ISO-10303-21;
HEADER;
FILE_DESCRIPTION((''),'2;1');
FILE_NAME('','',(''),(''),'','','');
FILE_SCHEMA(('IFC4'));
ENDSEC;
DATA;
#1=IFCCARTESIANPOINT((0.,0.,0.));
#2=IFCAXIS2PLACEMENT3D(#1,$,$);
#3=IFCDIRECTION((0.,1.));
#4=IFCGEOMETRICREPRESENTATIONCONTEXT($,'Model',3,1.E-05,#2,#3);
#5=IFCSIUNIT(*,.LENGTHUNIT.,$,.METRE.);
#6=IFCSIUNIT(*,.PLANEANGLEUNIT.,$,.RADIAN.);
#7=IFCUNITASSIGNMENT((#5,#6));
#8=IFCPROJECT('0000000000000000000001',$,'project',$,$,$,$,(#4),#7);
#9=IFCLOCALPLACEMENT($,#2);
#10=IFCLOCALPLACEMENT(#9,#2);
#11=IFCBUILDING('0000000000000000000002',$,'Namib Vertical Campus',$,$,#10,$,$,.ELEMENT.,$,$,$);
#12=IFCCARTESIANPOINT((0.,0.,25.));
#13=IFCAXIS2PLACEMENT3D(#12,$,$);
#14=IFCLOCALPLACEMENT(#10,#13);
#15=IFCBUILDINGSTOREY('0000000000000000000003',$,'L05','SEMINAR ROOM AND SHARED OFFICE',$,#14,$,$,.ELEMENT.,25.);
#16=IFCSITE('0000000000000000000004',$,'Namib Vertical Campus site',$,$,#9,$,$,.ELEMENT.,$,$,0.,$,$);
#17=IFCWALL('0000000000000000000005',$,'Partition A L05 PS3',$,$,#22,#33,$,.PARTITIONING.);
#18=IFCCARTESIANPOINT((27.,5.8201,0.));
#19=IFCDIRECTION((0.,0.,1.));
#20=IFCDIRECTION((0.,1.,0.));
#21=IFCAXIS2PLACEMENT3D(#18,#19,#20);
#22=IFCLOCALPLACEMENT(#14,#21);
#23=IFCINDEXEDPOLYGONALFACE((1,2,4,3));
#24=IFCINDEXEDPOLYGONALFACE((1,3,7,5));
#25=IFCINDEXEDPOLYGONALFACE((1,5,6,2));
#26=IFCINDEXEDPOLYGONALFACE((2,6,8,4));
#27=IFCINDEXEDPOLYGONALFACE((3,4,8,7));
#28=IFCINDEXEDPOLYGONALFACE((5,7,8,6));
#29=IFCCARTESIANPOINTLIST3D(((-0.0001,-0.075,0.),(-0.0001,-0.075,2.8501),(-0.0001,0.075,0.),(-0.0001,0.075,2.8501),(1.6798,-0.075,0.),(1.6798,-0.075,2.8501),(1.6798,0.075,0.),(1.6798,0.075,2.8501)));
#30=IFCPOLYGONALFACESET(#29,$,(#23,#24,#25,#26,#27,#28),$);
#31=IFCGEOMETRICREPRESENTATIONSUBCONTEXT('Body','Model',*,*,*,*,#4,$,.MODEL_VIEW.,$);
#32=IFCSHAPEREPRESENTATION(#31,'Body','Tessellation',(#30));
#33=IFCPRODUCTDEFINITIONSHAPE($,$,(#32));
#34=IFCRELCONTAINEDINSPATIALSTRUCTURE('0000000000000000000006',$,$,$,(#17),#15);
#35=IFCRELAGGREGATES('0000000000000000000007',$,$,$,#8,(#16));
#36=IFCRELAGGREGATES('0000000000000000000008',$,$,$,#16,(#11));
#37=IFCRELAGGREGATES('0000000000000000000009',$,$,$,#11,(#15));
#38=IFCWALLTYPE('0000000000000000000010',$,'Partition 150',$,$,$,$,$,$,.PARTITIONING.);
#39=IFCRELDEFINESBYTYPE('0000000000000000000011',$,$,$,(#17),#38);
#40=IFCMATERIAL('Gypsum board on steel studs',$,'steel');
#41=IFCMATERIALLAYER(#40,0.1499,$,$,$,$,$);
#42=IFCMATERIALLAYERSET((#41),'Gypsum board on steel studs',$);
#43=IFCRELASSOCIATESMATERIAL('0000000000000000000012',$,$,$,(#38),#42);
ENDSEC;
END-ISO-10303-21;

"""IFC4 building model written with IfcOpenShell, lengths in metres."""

from ifc_helpers import new_model, si_unit, direction, frame, frame_2d, origin, place, context, subcontext, project, spatial, rectangle, extrude, material, layer, layer_set, type_object, element, save


model = new_model("IFC4")

# Units and contexts
model_context = context("Model", 3, precision=1e-05, world=origin(), true_north=direction((0.0, 1.0)))
body_context = subcontext(model_context, "Body", "Model", "MODEL_VIEW")
ifc_project = project(units=[si_unit("LENGTHUNIT", "METRE"), si_unit("PLANEANGLEUNIT", "RADIAN")], contexts=[model_context])

# Site, building, storey
site_placement = place(None, origin())
site = spatial("IfcSite", under=ifc_project, at=site_placement, Name="Namib Vertical Campus site", CompositionType="ELEMENT", RefElevation=0.0)
building_placement = place(site_placement, origin())
building = spatial("IfcBuilding", under=site, at=building_placement, Name="Namib Vertical Campus", CompositionType="ELEMENT")
storey_placement = place(building_placement, frame((0.0, 0.0, 25.0)))
storey = spatial("IfcBuildingStorey", under=building, at=storey_placement, Name="L05", Description="SEMINAR ROOM AND SHARED OFFICE", CompositionType="ELEMENT", Elevation=25.0)

# Wall
ifc_material_1 = material(Name="Gypsum board on steel studs", Category="steel")
ifc_layer_1 = layer(ifc_material_1, 0.1499)
ifc_layer_set_1 = layer_set([ifc_layer_1], Name="Gypsum board on steel studs")
wall_type_1 = type_object("IfcWallType", Name="Partition 150", PredefinedType="PARTITIONING", material=ifc_layer_set_1)
wall_1_placement = place(storey_placement, frame((27.0, 5.8201, 0.0), z_axis=(0.0, 0.0, 1.0), x_axis=(0.0, 1.0, 0.0)))
element("IfcWall", 1, at=wall_1_placement, inside=storey, type_object=wall_type_1, Name="Partition A L05 PS3", PredefinedType="PARTITIONING", context=body_context, shape_type="SweptSolid", body=[
    extrude(rectangle(XDim=1.6799, YDim=0.1499, at=frame_2d((0.8398, 0.0))), origin(), (0.0, 0.0, 1.0), 2.8501),
])

save(model, "model.ifc")
